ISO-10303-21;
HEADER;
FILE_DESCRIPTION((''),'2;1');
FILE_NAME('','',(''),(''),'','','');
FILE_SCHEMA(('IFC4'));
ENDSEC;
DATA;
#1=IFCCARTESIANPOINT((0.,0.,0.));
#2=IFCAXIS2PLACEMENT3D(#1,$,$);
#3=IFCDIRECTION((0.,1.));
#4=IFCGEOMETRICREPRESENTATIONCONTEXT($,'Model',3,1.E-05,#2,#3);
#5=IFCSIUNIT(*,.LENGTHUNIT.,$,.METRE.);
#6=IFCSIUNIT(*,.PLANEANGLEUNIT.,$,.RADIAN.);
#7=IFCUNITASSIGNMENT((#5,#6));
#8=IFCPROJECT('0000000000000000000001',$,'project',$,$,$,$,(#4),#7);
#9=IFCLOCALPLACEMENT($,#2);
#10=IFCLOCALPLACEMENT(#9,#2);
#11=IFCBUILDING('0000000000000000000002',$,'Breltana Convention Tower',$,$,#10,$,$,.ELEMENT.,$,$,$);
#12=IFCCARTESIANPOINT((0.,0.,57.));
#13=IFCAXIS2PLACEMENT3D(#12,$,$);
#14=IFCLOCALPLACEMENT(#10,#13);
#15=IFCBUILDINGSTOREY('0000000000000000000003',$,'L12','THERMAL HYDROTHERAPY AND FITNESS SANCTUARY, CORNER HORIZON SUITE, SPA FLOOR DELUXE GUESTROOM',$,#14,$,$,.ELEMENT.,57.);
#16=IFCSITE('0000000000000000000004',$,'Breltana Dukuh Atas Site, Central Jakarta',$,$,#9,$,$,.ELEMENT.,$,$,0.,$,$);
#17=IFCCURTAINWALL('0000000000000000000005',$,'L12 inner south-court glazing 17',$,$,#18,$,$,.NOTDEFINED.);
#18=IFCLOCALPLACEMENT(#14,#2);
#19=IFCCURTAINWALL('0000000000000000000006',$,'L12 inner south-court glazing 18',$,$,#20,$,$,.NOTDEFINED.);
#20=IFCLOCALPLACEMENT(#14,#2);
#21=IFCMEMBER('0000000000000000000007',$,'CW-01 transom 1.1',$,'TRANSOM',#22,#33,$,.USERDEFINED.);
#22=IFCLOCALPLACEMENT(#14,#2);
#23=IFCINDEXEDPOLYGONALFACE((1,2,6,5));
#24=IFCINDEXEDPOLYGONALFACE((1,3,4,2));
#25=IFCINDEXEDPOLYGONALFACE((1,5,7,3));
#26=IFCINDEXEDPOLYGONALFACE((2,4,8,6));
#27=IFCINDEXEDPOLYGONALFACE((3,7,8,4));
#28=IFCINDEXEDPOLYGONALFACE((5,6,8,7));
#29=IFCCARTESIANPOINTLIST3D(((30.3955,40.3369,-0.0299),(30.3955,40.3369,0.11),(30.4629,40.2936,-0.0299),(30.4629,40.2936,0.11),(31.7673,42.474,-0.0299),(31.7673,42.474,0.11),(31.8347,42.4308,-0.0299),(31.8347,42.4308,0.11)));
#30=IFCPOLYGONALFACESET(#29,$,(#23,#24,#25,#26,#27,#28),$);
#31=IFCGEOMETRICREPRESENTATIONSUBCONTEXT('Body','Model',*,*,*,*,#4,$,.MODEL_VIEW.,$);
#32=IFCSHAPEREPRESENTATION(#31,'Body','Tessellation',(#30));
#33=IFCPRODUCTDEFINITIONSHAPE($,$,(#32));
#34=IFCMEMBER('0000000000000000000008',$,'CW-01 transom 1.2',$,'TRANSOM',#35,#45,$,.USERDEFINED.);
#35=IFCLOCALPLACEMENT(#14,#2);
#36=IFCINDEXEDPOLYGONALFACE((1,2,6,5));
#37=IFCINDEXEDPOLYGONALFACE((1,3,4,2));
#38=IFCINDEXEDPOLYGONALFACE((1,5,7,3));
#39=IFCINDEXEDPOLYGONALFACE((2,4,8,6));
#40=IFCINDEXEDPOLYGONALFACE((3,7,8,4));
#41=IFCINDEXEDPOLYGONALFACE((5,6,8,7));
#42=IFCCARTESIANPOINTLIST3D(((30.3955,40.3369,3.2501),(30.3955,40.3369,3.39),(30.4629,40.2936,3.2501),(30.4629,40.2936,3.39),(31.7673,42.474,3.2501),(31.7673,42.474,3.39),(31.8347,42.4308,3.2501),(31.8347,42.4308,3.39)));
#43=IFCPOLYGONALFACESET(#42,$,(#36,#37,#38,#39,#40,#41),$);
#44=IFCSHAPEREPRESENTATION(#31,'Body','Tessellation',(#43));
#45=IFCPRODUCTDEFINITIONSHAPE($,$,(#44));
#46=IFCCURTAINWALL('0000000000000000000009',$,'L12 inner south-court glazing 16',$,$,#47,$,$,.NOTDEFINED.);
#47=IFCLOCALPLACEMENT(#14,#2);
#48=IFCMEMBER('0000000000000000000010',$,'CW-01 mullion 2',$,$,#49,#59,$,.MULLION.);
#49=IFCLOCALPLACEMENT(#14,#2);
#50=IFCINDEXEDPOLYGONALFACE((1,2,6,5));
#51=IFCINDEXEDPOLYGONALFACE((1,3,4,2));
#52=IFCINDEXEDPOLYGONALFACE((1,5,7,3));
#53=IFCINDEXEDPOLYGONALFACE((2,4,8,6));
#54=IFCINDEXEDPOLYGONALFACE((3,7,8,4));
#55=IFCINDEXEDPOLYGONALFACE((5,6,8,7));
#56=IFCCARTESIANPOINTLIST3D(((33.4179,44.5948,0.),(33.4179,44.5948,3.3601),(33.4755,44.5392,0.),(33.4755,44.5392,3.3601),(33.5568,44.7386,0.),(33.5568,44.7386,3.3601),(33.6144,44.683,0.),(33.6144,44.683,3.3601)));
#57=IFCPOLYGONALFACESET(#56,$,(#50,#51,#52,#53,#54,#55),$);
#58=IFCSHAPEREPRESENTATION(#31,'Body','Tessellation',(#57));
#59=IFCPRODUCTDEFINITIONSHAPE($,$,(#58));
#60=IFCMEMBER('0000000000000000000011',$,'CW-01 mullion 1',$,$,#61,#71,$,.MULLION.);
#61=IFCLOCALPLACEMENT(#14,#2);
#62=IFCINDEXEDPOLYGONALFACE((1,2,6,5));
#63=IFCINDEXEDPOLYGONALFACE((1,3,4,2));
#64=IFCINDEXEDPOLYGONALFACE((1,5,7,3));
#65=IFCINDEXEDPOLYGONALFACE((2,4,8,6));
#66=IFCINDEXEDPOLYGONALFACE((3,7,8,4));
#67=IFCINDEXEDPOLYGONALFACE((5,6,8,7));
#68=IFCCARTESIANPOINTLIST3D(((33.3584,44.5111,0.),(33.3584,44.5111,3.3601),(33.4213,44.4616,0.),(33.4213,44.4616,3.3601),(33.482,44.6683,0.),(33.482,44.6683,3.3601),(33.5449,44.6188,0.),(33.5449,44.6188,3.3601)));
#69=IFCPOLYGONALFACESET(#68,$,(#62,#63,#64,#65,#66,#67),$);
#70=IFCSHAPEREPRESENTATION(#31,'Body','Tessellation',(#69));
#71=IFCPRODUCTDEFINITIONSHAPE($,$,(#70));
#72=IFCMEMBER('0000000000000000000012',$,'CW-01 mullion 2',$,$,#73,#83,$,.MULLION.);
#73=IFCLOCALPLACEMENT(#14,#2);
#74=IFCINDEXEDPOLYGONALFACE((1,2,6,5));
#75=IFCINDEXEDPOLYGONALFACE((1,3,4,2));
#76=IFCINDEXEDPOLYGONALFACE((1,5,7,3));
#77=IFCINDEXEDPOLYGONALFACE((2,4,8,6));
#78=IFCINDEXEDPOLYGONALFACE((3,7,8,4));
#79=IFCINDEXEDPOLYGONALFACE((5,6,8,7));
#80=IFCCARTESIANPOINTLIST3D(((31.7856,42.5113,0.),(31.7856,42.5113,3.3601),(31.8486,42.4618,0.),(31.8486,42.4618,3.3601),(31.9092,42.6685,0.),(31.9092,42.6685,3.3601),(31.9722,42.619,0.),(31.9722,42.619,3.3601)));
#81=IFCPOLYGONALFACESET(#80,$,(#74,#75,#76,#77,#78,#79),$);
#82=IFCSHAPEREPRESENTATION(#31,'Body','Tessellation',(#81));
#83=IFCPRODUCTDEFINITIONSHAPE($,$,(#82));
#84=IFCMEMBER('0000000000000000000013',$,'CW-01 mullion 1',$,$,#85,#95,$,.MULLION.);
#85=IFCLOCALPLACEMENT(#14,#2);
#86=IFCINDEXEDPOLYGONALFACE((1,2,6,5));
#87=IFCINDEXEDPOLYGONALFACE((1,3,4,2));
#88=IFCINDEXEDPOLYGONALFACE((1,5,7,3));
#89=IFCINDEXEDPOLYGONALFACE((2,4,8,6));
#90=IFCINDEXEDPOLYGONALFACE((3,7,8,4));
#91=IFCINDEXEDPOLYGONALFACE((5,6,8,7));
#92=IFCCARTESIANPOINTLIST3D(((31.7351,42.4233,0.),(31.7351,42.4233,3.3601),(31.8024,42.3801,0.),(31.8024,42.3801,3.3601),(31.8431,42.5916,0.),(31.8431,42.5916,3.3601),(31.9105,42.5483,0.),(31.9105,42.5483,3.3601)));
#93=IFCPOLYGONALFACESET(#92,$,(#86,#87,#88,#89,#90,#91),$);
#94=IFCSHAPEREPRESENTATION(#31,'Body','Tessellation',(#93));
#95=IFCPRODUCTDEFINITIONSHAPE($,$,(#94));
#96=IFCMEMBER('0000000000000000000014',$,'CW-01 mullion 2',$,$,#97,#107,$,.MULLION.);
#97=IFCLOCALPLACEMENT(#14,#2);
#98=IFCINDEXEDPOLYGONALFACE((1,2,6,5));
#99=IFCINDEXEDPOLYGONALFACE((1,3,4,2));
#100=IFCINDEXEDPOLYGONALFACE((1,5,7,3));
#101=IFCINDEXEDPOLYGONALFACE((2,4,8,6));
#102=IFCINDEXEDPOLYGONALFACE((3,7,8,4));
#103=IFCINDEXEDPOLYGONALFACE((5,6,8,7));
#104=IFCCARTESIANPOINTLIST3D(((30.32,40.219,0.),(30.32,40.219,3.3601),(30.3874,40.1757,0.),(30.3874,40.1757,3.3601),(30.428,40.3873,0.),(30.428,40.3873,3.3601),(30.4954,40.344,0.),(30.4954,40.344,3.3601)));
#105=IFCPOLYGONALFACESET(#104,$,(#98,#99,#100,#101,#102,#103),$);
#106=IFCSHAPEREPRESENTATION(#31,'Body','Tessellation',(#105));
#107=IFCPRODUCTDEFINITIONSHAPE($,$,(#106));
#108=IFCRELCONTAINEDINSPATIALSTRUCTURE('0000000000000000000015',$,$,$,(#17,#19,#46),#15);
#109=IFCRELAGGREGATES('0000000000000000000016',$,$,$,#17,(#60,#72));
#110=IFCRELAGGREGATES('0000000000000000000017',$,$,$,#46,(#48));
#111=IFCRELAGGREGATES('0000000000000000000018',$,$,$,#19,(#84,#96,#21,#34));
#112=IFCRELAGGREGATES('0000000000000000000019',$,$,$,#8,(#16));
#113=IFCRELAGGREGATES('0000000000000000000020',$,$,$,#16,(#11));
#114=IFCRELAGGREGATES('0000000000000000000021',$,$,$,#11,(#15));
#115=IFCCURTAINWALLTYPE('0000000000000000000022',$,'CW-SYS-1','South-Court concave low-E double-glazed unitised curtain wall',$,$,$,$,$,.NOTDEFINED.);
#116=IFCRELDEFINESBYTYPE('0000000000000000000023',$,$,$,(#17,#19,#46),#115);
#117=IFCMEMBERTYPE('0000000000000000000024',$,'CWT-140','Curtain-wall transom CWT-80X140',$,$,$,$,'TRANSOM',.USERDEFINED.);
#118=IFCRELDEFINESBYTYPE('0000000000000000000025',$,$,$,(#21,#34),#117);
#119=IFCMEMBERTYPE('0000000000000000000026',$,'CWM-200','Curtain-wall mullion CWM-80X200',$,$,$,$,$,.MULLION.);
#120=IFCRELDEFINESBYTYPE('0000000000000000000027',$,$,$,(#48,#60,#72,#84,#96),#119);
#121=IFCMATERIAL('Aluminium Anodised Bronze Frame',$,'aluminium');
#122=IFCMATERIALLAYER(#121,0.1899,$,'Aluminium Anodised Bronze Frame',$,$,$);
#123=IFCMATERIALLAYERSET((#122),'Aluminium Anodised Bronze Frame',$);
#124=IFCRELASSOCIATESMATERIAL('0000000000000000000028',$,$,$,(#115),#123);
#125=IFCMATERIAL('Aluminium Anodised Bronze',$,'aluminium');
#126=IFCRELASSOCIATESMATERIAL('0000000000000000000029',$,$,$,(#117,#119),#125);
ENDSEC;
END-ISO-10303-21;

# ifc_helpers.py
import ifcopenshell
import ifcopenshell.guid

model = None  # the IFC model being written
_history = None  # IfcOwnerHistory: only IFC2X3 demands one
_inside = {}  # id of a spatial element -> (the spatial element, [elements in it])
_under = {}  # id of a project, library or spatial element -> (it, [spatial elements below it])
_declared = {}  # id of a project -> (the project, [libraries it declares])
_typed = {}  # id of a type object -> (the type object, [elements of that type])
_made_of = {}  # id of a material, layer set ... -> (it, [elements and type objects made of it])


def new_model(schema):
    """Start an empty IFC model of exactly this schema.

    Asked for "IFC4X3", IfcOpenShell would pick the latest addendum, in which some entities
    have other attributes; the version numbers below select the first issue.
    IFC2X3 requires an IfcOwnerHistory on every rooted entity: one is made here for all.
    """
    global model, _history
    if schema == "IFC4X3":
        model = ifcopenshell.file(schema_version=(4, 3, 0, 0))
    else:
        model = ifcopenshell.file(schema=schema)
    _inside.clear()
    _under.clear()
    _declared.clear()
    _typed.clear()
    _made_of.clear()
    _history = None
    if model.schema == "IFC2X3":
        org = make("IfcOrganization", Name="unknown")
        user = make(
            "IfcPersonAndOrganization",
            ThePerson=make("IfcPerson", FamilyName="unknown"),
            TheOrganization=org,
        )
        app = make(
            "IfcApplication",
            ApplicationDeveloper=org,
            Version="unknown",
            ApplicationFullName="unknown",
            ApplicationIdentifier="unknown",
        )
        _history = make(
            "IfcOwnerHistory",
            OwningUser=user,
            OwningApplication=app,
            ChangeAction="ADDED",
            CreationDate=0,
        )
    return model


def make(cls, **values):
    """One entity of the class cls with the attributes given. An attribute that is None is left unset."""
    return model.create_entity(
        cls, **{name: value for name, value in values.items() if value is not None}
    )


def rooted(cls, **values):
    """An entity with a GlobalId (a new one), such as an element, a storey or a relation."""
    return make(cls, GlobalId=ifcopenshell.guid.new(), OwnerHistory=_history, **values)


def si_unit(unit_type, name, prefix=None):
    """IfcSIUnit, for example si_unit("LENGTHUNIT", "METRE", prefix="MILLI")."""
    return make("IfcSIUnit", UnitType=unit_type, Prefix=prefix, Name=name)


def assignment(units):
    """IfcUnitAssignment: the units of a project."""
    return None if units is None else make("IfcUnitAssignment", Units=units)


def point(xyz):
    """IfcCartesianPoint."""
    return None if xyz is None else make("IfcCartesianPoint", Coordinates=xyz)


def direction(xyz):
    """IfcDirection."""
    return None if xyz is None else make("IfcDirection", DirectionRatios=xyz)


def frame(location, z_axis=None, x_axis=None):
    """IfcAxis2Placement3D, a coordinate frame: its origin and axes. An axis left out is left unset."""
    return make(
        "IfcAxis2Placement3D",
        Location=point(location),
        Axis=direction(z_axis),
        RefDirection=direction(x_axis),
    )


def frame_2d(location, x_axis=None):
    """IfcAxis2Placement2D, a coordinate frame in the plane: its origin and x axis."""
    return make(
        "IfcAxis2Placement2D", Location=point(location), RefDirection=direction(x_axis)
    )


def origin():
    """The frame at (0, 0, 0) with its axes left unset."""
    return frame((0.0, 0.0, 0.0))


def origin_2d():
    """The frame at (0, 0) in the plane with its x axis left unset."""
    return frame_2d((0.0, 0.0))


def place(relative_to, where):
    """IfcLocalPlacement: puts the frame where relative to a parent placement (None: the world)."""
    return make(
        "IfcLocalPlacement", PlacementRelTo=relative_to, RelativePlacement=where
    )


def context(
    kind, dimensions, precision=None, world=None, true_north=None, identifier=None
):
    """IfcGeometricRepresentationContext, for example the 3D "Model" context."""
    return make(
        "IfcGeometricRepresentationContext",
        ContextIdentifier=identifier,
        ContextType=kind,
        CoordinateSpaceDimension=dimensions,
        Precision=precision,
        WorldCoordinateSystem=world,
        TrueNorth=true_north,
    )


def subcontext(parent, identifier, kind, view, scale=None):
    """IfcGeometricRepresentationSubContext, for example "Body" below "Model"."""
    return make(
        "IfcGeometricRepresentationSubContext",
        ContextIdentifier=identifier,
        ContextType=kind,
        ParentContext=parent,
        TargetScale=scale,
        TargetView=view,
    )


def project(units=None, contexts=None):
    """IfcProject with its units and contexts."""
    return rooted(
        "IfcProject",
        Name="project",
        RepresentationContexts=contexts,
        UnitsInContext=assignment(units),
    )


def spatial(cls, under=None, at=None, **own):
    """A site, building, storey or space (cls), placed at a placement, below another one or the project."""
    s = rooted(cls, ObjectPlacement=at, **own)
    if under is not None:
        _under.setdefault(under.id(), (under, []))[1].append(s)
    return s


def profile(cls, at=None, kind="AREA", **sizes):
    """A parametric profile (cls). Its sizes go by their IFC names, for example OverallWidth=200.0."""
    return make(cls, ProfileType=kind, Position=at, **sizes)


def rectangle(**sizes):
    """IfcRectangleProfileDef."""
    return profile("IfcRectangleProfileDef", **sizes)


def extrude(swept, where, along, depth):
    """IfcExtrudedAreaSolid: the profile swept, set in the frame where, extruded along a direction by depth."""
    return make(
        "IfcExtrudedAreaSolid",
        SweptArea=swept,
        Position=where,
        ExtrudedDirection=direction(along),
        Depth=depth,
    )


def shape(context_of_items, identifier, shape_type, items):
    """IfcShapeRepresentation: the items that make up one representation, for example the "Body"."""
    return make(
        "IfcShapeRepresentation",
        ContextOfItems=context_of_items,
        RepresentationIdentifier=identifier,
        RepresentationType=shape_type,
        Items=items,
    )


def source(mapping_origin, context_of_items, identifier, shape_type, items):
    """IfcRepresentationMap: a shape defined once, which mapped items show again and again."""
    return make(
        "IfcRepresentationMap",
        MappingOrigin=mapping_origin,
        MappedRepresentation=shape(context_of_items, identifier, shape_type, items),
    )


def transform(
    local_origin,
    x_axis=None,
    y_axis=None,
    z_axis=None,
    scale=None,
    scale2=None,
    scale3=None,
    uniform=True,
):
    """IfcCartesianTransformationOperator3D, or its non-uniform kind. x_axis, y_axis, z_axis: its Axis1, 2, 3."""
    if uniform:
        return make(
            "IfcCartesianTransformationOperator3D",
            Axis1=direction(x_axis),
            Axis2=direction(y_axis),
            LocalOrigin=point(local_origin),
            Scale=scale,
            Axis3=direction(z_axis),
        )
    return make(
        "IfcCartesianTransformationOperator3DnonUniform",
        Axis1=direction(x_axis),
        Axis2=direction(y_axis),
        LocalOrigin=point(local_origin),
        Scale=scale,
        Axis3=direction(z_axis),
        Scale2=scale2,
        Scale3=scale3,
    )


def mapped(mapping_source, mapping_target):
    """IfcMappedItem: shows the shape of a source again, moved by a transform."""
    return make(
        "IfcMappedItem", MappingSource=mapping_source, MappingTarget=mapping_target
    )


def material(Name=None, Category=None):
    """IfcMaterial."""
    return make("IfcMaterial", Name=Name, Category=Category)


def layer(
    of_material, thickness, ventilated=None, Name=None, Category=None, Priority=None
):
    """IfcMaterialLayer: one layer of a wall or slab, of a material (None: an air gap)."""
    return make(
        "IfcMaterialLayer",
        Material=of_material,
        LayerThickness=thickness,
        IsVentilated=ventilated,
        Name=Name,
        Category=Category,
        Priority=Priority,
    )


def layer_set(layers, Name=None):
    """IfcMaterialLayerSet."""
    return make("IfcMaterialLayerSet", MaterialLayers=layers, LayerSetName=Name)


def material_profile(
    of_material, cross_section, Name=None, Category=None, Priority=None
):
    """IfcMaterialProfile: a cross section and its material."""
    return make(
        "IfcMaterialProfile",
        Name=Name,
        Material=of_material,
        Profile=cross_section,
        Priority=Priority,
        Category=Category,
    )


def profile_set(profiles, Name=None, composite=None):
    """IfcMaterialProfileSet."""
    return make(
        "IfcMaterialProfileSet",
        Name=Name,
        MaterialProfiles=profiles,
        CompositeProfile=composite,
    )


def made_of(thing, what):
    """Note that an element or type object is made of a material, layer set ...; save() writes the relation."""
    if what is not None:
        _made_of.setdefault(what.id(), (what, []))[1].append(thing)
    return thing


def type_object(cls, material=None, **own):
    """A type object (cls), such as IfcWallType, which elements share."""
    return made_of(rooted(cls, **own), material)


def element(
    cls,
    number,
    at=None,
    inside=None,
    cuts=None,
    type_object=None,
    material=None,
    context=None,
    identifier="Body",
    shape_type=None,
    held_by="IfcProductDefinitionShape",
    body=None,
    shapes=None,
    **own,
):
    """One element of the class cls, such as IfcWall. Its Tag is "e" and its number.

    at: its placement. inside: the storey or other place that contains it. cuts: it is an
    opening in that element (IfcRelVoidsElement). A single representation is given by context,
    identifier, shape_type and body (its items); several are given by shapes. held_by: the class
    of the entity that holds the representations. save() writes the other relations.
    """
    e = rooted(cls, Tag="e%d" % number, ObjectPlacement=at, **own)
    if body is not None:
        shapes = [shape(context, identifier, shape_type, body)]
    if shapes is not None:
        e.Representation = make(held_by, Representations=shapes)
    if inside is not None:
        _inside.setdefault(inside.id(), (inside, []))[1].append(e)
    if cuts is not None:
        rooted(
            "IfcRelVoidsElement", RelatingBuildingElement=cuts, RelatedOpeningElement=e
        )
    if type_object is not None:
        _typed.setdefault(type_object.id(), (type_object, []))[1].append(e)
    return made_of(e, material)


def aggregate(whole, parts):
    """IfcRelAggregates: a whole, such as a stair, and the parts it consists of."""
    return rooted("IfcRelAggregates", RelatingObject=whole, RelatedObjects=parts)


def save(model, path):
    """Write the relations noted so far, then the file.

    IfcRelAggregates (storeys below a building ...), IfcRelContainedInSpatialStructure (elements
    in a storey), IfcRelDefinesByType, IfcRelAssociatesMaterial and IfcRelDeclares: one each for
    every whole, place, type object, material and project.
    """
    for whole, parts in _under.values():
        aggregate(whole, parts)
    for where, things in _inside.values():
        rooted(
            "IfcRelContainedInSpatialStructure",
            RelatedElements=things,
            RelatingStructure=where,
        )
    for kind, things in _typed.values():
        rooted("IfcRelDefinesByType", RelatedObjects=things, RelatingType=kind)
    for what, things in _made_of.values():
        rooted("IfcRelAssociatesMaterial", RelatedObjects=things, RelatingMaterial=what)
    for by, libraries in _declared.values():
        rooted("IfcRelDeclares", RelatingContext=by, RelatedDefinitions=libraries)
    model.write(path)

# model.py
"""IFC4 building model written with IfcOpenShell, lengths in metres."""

from ifc_helpers import new_model, si_unit, direction, frame, origin, origin_2d, place, context, subcontext, project, spatial, rectangle, extrude, source, transform, mapped, material, layer, layer_set, material_profile, profile_set, type_object, element, aggregate, save


model = new_model("IFC4")

# Units and contexts
model_context = context("Model", 3, precision=1e-05, world=origin(), true_north=direction((0.0, 1.0)))
body_context = subcontext(model_context, "Body", "Model", "MODEL_VIEW")
ifc_project = project(units=[si_unit("LENGTHUNIT", "METRE"), si_unit("PLANEANGLEUNIT", "RADIAN")], contexts=[model_context])

# Site, building, storey
site_placement = place(None, origin())
site = spatial("IfcSite", under=ifc_project, at=site_placement, Name="Breltana Dukuh Atas Site, Central Jakarta", CompositionType="ELEMENT", RefElevation=0.0)
building_placement = place(site_placement, origin())
building = spatial("IfcBuilding", under=site, at=building_placement, Name="Breltana Convention Tower", CompositionType="ELEMENT")
storey_placement = place(building_placement, frame((0.0, 0.0, 57.0)))
storey = spatial("IfcBuildingStorey", under=building, at=storey_placement, Name="L12", Description="THERMAL HYDROTHERAPY AND FITNESS SANCTUARY, CORNER HORIZON SUITE, SPA FLOOR DELUXE GUESTROOM", CompositionType="ELEMENT", Elevation=57.0)

# Curtain walls, members
ifc_material_1 = material(Name="Aluminium Anodised Bronze Frame", Category="aluminium")
ifc_layer_1 = layer(ifc_material_1, 0.1899, Name="Aluminium Anodised Bronze Frame")
ifc_layer_set_1 = layer_set([ifc_layer_1], Name="Aluminium Anodised Bronze Frame")
curtain_wall_type = type_object("IfcCurtainWallType", Name="CW-SYS-1", Description="South-Court concave low-E double-glazed unitised curtain wall", PredefinedType="NOTDEFINED", material=ifc_layer_set_1)
curtain_wall_1_placement = place(storey_placement, origin())
curtain_wall_1 = element("IfcCurtainWall", 1, at=curtain_wall_1_placement, inside=storey, type_object=curtain_wall_type, Name="L12 inner south-court glazing 17", PredefinedType="NOTDEFINED")
ifc_material_2 = material(Name="Aluminium Anodised Bronze", Category="aluminium")
ifc_material_profile_1 = material_profile(ifc_material_2, rectangle(XDim=0.0801, YDim=0.1399, at=origin_2d()), Name="CWT-80X140")
ifc_profile_set_1 = profile_set([ifc_material_profile_1], Name="Aluminium Anodised Bronze")
member_type_1 = type_object("IfcMemberType", Name="CWT-140", Description="Curtain-wall transom CWT-80X140", ElementType="TRANSOM", PredefinedType="USERDEFINED", material=ifc_profile_set_1)
curtain_wall_2_placement = place(storey_placement, origin())
curtain_wall_2 = element("IfcCurtainWall", 2, at=curtain_wall_2_placement, inside=storey, type_object=curtain_wall_type, Name="L12 inner south-court glazing 18", PredefinedType="NOTDEFINED")
shared_shape_1 = source(origin(), body_context, "Body", "SweptSolid", [
    extrude(rectangle(XDim=0.0801, YDim=0.1399, at=origin_2d()), origin(), (0.0, 0.0, 1.0), 2.5396),
])
member_1_placement = place(storey_placement, frame((31.801, 42.4524, 0.04), z_axis=(-0.540174, -0.841553, 0.0), x_axis=(0.841553, -0.540174, 0.0)))
member_1 = element("IfcMember", 3, at=member_1_placement, type_object=member_type_1, Name="CW-01 transom 1.1", ObjectType="TRANSOM", PredefinedType="USERDEFINED", context=body_context, shape_type="MappedRepresentation", body=[
    mapped(shared_shape_1, transform((0.0, 0.0, 0.0), scale=1.0)),
])
member_2_placement = place(storey_placement, frame((31.801, 42.4524, 3.3201), z_axis=(-0.540174, -0.841553, 0.0), x_axis=(0.841553, -0.540174, 0.0)))
member_2 = element("IfcMember", 4, at=member_2_placement, type_object=member_type_1, Name="CW-01 transom 1.2", ObjectType="TRANSOM", PredefinedType="USERDEFINED", context=body_context, shape_type="MappedRepresentation", body=[
    mapped(shared_shape_1, transform((0.0, 0.0, 0.0), scale=1.0)),
])

# Curtain wall, member
curtain_wall_3_placement = place(storey_placement, origin())
curtain_wall_3 = element("IfcCurtainWall", 5, at=curtain_wall_3_placement, inside=storey, type_object=curtain_wall_type, Name="L12 inner south-court glazing 16", PredefinedType="NOTDEFINED")
ifc_material_profile_2 = material_profile(ifc_material_2, rectangle(XDim=0.0801, YDim=0.2, at=origin_2d()), Name="CWM-80X200")
ifc_profile_set_2 = profile_set([ifc_material_profile_2], Name="Aluminium Anodised Bronze")
member_type_2 = type_object("IfcMemberType", Name="CWM-200", Description="Curtain-wall mullion CWM-80X200", PredefinedType="MULLION", material=ifc_profile_set_2)
shared_shape_2 = source(origin(), body_context, "Body", "SweptSolid", [
    extrude(rectangle(XDim=0.0801, YDim=0.2, at=origin_2d()), origin(), (0.0, 0.0, 1.0), 3.3601),
])
member_3_placement = place(storey_placement, frame((33.5161, 44.6389, 0.0), z_axis=(0.0, 0.0, 1.0), x_axis=(0.719385, -0.694612, 0.0)))
member_3 = element("IfcMember", 6, at=member_3_placement, type_object=member_type_2, Name="CW-01 mullion 2", PredefinedType="MULLION", context=body_context, shape_type="MappedRepresentation", body=[
    mapped(shared_shape_2, transform((0.0, 0.0, 0.0), scale=1.0)),
])

# Members
member_4_placement = place(storey_placement, frame((33.4517, 44.5649, 0.0), z_axis=(0.0, 0.0, 1.0), x_axis=(0.786058, -0.618153, 0.0)))
member_4 = element("IfcMember", 7, at=member_4_placement, type_object=member_type_2, Name="CW-01 mullion 1", PredefinedType="MULLION", context=body_context, shape_type="MappedRepresentation", body=[
    mapped(shared_shape_2, transform((0.0, 0.0, 0.0), scale=1.0)),
])
member_5_placement = place(storey_placement, frame((31.8789, 42.5652, 0.0), z_axis=(0.0, 0.0, 1.0), x_axis=(0.786058, -0.618153, 0.0)))
member_5 = element("IfcMember", 8, at=member_5_placement, type_object=member_type_2, Name="CW-01 mullion 2", PredefinedType="MULLION", context=body_context, shape_type="MappedRepresentation", body=[
    mapped(shared_shape_2, transform((0.0, 0.0, 0.0), scale=1.0)),
])
member_6_placement = place(storey_placement, frame((31.8228, 42.4858, 0.0), z_axis=(0.0, 0.0, 1.0), x_axis=(0.841556, -0.54017, 0.0)))
member_6 = element("IfcMember", 9, at=member_6_placement, type_object=member_type_2, Name="CW-01 mullion 1", PredefinedType="MULLION", context=body_context, shape_type="MappedRepresentation", body=[
    mapped(shared_shape_2, transform((0.0, 0.0, 0.0), scale=1.0)),
])
member_7_placement = place(storey_placement, frame((30.4077, 40.2815, 0.0), z_axis=(0.0, 0.0, 1.0), x_axis=(0.841556, -0.54017, 0.0)))
member_7 = element("IfcMember", 10, at=member_7_placement, type_object=member_type_2, Name="CW-01 mullion 2", PredefinedType="MULLION", context=body_context, shape_type="MappedRepresentation", body=[
    mapped(shared_shape_2, transform((0.0, 0.0, 0.0), scale=1.0)),
])

aggregate(curtain_wall_1, [member_4, member_5])
aggregate(curtain_wall_3, [member_3])
aggregate(curtain_wall_2, [member_6, member_7, member_1, member_2])

save(model, "model.ifc")
